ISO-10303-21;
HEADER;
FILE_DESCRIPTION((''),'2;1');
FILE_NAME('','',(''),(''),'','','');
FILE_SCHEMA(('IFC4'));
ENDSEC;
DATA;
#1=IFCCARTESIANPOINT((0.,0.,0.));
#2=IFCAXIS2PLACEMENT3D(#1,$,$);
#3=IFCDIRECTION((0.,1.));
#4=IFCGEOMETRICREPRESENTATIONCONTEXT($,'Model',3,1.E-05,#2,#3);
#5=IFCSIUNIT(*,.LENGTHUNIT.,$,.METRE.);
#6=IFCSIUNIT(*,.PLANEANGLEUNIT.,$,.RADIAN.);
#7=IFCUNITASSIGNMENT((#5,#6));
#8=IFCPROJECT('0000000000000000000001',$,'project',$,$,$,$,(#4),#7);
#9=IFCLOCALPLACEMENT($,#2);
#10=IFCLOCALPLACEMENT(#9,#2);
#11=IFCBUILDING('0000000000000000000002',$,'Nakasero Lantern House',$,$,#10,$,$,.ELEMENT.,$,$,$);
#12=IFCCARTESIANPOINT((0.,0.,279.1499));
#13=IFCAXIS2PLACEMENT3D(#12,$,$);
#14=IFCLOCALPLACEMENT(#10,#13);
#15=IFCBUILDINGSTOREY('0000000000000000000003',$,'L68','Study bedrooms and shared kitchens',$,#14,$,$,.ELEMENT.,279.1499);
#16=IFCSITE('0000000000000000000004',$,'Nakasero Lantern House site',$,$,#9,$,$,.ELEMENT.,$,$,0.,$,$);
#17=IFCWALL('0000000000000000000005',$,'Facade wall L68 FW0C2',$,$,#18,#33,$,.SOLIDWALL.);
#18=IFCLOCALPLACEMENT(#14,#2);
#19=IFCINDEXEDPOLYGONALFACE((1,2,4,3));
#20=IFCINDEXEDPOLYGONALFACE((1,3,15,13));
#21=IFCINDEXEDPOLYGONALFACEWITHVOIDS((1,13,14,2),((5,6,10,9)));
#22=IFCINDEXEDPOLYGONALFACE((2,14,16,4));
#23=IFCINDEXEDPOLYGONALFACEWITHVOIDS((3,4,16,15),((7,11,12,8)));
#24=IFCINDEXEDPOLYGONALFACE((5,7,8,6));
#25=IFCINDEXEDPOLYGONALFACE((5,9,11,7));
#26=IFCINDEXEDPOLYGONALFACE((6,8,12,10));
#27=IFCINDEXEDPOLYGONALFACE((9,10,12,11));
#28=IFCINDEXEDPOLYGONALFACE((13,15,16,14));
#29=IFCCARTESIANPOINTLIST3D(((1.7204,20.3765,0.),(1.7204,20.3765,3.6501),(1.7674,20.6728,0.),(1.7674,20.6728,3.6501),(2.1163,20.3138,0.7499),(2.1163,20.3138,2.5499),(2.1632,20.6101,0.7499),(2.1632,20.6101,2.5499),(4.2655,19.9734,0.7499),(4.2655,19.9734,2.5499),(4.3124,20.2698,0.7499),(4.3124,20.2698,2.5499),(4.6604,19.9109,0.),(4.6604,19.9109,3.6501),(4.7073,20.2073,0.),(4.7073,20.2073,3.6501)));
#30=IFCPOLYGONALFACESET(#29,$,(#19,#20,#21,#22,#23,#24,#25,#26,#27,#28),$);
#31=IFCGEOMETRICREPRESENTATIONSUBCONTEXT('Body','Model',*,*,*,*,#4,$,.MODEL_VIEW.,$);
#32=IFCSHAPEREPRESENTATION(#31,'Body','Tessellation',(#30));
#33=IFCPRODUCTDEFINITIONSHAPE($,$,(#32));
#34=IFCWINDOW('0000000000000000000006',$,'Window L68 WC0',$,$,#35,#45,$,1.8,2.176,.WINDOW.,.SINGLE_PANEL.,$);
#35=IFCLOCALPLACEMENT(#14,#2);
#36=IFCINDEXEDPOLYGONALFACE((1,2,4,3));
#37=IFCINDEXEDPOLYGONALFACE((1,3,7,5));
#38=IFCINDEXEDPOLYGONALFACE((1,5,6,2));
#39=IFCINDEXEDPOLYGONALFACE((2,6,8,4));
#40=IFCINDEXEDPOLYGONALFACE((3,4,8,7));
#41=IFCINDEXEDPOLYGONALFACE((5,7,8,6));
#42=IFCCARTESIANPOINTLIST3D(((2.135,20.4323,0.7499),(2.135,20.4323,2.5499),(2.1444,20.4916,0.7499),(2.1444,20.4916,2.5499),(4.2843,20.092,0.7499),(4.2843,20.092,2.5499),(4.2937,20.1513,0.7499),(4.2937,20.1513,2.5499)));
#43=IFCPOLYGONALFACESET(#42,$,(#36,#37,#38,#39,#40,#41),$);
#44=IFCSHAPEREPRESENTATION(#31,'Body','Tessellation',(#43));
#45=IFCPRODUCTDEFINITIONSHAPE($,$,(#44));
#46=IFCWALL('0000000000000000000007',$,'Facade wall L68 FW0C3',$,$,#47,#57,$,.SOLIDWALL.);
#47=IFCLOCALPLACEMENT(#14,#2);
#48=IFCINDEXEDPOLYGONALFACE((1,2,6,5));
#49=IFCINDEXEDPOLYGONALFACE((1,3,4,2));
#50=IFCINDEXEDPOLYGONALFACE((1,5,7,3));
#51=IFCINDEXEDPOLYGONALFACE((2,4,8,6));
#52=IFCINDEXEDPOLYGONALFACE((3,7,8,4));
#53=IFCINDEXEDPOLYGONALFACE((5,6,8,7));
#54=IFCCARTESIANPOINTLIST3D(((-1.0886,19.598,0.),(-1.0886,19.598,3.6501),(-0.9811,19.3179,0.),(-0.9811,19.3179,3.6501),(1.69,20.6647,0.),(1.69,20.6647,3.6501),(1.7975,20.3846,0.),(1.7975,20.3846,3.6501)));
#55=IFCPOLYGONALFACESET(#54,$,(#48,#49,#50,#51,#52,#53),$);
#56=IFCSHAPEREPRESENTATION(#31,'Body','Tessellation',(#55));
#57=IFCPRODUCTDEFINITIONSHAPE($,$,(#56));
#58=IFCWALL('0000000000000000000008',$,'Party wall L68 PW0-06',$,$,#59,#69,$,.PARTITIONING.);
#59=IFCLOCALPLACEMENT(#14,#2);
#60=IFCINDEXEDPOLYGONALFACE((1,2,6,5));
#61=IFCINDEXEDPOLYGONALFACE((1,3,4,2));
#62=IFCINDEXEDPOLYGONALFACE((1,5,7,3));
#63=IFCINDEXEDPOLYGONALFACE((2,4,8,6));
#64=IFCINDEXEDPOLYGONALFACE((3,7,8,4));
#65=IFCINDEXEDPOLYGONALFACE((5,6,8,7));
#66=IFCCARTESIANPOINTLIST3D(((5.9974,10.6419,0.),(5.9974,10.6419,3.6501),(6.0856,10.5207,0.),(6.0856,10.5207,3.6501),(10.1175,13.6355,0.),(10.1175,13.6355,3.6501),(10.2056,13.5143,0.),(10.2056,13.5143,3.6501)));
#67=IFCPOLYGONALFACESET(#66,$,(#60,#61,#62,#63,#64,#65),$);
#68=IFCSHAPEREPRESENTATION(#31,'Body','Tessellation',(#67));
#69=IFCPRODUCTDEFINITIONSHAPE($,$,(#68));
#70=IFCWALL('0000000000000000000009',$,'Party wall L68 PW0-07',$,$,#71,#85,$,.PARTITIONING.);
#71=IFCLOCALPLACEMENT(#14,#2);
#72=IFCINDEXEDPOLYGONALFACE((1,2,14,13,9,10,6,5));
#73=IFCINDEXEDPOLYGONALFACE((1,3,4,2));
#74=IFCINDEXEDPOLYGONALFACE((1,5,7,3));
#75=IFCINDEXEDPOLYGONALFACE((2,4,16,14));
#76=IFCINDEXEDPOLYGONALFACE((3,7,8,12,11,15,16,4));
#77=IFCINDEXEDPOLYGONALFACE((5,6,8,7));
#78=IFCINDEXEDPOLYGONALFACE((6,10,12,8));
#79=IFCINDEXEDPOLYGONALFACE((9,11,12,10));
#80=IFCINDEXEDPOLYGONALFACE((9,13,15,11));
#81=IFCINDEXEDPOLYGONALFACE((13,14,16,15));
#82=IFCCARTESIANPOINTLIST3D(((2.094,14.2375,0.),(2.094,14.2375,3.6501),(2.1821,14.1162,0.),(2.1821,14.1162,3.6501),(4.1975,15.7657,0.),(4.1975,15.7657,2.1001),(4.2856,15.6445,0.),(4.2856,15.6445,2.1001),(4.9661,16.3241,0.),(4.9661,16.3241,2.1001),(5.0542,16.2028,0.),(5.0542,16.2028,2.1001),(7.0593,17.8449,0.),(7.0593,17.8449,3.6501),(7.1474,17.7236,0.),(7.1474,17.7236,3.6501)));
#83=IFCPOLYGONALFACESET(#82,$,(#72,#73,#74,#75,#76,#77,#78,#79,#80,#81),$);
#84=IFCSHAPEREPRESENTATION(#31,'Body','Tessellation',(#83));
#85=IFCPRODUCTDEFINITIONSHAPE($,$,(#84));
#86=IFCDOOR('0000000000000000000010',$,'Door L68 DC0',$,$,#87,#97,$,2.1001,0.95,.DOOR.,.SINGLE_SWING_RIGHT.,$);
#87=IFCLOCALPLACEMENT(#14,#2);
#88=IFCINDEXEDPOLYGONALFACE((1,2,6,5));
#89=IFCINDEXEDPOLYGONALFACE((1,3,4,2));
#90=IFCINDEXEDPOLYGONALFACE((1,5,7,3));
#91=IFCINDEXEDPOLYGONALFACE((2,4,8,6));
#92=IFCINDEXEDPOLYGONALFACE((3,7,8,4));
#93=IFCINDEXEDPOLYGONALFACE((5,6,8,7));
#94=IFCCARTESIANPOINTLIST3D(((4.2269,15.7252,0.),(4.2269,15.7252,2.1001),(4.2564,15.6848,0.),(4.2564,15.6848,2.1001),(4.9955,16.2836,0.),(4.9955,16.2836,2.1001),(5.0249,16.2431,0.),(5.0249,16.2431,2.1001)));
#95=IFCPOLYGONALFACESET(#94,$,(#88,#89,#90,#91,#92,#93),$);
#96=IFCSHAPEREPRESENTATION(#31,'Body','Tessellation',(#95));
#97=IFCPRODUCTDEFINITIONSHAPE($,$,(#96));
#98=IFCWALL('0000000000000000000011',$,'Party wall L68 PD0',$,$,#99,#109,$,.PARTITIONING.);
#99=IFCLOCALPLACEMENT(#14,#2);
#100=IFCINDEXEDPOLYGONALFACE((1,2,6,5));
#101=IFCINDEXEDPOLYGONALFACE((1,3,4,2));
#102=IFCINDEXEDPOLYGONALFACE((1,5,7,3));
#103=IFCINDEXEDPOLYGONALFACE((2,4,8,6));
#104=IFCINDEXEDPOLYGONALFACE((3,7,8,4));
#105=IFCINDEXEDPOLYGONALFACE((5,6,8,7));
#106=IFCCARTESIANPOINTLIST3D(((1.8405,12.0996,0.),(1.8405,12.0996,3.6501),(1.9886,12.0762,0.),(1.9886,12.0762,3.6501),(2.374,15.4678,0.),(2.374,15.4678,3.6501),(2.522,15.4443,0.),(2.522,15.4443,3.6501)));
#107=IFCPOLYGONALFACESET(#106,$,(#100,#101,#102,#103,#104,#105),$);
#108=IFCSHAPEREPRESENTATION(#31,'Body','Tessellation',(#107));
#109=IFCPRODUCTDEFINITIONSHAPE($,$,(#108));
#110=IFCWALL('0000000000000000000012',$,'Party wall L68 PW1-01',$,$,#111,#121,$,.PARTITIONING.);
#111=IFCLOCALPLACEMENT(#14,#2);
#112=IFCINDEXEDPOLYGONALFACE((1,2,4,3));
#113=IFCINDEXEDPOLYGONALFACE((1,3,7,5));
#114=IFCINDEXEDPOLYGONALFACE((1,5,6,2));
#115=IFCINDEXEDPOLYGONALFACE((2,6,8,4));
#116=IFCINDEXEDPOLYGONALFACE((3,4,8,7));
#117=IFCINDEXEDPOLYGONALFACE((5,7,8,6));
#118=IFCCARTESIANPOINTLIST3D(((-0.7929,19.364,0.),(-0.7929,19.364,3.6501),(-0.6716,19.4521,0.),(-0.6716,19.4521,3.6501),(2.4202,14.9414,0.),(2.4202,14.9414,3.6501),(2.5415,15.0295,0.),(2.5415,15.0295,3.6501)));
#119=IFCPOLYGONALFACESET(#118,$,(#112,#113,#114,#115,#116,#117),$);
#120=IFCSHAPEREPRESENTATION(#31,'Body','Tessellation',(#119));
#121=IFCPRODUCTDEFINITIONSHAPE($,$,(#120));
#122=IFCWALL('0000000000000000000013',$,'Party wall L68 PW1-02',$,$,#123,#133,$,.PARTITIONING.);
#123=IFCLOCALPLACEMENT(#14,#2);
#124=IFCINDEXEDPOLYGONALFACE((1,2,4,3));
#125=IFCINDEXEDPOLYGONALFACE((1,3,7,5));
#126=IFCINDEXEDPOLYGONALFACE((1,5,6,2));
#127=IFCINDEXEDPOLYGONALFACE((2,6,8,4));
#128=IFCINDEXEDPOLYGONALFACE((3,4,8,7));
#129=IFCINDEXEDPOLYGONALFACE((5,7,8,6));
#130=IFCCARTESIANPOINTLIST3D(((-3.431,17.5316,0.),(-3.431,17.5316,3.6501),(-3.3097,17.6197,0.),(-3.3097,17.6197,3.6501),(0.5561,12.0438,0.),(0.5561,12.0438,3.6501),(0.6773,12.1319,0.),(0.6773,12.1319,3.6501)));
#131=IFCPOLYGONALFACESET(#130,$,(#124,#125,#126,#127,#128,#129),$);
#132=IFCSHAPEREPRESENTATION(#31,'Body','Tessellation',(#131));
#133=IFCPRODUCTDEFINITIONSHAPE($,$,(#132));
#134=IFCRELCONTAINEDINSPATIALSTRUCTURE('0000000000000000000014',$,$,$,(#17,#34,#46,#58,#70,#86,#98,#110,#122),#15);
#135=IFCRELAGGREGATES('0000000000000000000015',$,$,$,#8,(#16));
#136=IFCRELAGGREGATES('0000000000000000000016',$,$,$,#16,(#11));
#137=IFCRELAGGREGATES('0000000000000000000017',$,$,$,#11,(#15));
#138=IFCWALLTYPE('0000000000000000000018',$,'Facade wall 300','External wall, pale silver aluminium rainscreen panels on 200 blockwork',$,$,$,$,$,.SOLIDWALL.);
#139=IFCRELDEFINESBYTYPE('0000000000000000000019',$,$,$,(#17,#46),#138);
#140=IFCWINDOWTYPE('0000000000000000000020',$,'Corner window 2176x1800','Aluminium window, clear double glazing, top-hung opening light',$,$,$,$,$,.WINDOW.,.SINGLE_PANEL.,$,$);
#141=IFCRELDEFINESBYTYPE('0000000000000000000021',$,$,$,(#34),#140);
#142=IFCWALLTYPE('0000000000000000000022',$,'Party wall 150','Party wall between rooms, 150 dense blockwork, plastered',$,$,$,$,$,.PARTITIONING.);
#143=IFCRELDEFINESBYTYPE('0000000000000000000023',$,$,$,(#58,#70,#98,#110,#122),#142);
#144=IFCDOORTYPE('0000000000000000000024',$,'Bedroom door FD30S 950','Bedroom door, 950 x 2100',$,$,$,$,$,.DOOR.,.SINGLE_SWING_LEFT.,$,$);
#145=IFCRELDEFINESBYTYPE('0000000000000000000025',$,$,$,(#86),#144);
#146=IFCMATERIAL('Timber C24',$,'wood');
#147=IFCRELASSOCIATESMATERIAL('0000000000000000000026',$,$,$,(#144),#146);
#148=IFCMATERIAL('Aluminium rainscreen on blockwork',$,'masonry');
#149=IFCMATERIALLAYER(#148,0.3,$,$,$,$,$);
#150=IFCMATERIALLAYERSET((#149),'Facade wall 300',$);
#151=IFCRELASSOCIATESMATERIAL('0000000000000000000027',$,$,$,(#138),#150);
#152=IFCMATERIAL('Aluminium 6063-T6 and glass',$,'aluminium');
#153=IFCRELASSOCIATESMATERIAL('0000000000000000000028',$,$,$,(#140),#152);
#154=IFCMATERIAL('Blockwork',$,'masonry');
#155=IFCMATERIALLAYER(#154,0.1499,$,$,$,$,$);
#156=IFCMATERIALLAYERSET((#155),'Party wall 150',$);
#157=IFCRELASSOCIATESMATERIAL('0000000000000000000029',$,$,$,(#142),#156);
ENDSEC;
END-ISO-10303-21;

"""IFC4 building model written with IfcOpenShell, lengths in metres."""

from ifc_helpers import new_model, si_unit, direction, frame, frame_2d, origin, place, context, subcontext, project, spatial, rectangle, extrude, material, layer, layer_set, type_object, element, fill, save


model = new_model("IFC4")

# Units and contexts
model_context = context("Model", 3, precision=1e-05, world=origin(), true_north=direction((0.0, 1.0)))
body_context = subcontext(model_context, "Body", "Model", "MODEL_VIEW")
ifc_project = project(units=[si_unit("LENGTHUNIT", "METRE"), si_unit("PLANEANGLEUNIT", "RADIAN")], contexts=[model_context])

# Site, building, storey
site_placement = place(None, origin())
site = spatial("IfcSite", under=ifc_project, at=site_placement, Name="Nakasero Lantern House site", CompositionType="ELEMENT", RefElevation=0.0)
building_placement = place(site_placement, origin())
building = spatial("IfcBuilding", under=site, at=building_placement, Name="Nakasero Lantern House", CompositionType="ELEMENT")
storey_placement = place(building_placement, frame((0.0, 0.0, 279.1499)))
storey = spatial("IfcBuildingStorey", under=building, at=storey_placement, Name="L68", Description="Study bedrooms and shared kitchens", CompositionType="ELEMENT", Elevation=279.1499)

# Shared definitions
ifc_material_1 = material(Name="Timber C24", Category="wood")
door_type_1 = type_object("IfcDoorType", Name="Bedroom door FD30S 950", Description="Bedroom door, 950 x 2100", OperationType="SINGLE_SWING_LEFT", PredefinedType="DOOR", material=ifc_material_1)

# Wall, opening, window
ifc_material_2 = material(Name="Aluminium rainscreen on blockwork", Category="masonry")
ifc_layer_1 = layer(ifc_material_2, 0.3)
ifc_layer_set_1 = layer_set([ifc_layer_1], Name="Facade wall 300")
wall_type_1 = type_object("IfcWallType", Name="Facade wall 300", Description="External wall, pale silver aluminium rainscreen panels on 200 blockwork", PredefinedType="SOLIDWALL", material=ifc_layer_set_1)
wall_1_placement = place(storey_placement, frame((4.6838, 20.0591, 0.0), z_axis=(0.0, 0.0, 1.0), x_axis=(-0.987692, 0.156413, 0.0)))
wall_1 = element("IfcWall", 1, at=wall_1_placement, inside=storey, type_object=wall_type_1, Name="Facade wall L68 FW0C2", PredefinedType="SOLIDWALL", context=body_context, shape_type="SweptSolid", body=[
    extrude(rectangle(XDim=2.9766, YDim=0.3, at=frame_2d((1.4883, 0.0))), origin(), (0.0, 0.0, 1.0), 3.6501),
])
opening_1_placement = place(wall_1_placement, frame((0.3999, 0.0, 0.75)))
opening_1 = element("IfcOpeningElement", 2, at=opening_1_placement, cuts=wall_1, PredefinedType="OPENING", context=body_context, shape_type="SweptSolid", body=[
    extrude(rectangle(XDim=2.176, YDim=1.8, at=frame_2d((1.0879, 0.8999))), frame((0.0, 0.1699, 0.0), z_axis=(0.0, -1.0, 0.0), x_axis=(1.0, 0.0, 0.0)), (0.0, 0.0, 1.0), 0.3401),
])
ifc_material_3 = material(Name="Aluminium 6063-T6 and glass", Category="aluminium")
window_type = type_object("IfcWindowType", Name="Corner window 2176x1800", Description="Aluminium window, clear double glazing, top-hung opening light", PartitioningType="SINGLE_PANEL", PredefinedType="WINDOW", material=ifc_material_3)
window_placement = place(opening_1_placement, origin())
window = element("IfcWindow", 3, at=window_placement, inside=storey, type_object=window_type, Name="Window L68 WC0", OverallHeight=1.8, OverallWidth=2.176, PartitioningType="SINGLE_PANEL", PredefinedType="WINDOW", context=body_context, shape_type="SweptSolid", body=[
    extrude(rectangle(XDim=2.176, YDim=1.8, at=frame_2d((1.0879, 0.8999))), frame((0.0, 0.03, 0.0), z_axis=(0.0, -1.0, 0.0), x_axis=(1.0, 0.0, 0.0)), (0.0, 0.0, 1.0), 0.0601),
])
fill(opening_1, window)

# Walls
wall_2_placement = place(storey_placement, frame((1.7439, 20.5247, 0.0), z_axis=(0.0, 0.0, 1.0), x_axis=(-0.933574, -0.358385, 0.0)))
element("IfcWall", 4, at=wall_2_placement, inside=storey, type_object=wall_type_1, Name="Facade wall L68 FW0C3", PredefinedType="SOLIDWALL", context=body_context, shape_type="SweptSolid", body=[
    extrude(rectangle(XDim=2.9763, YDim=0.3, at=frame_2d((1.4883, 0.0))), origin(), (0.0, 0.0, 1.0), 3.6501),
])
ifc_material_4 = material(Name="Blockwork", Category="masonry")
ifc_layer_2 = layer(ifc_material_4, 0.1499)
ifc_layer_set_2 = layer_set([ifc_layer_2], Name="Party wall 150")
wall_type_2 = type_object("IfcWallType", Name="Party wall 150", Description="Party wall between rooms, 150 dense blockwork, plastered", PredefinedType="PARTITIONING", material=ifc_layer_set_2)
wall_3_placement = place(storey_placement, frame((6.0415, 10.5813, 0.0), z_axis=(0.0, 0.0, 1.0), x_axis=(0.808997, 0.587812, 0.0)))
element("IfcWall", 5, at=wall_3_placement, inside=storey, type_object=wall_type_2, Name="Party wall L68 PW0-06", PredefinedType="PARTITIONING", context=body_context, shape_type="SweptSolid", body=[
    extrude(rectangle(XDim=5.0928, YDim=0.1499, at=frame_2d((2.5464, 0.0))), origin(), (0.0, 0.0, 1.0), 3.6501),
])

# Wall, opening, door
wall_4_placement = place(storey_placement, frame((2.1379, 14.1768, 0.0), z_axis=(0.0, 0.0, 1.0), x_axis=(0.809025, 0.587774, 0.0)))
wall_4 = element("IfcWall", 6, at=wall_4_placement, inside=storey, type_object=wall_type_2, Name="Party wall L68 PW0-07", PredefinedType="PARTITIONING", context=body_context, shape_type="SweptSolid", body=[
    extrude(rectangle(XDim=6.1375, YDim=0.1499, at=frame_2d((3.0688, 0.0))), origin(), (0.0, 0.0, 1.0), 3.6501),
])
opening_2_placement = place(wall_4_placement, frame((2.6001, 0.0, 0.0)))
opening_2 = element("IfcOpeningElement", 7, at=opening_2_placement, cuts=wall_4, PredefinedType="OPENING", context=body_context, shape_type="SweptSolid", body=[
    extrude(rectangle(XDim=0.95, YDim=2.1001, at=frame_2d((0.4751, 1.05))), frame((0.0, 0.095, 0.0), z_axis=(0.0, -1.0, 0.0), x_axis=(1.0, 0.0, 0.0)), (0.0, 0.0, 1.0), 0.1899),
])
door_1_placement = place(opening_2_placement, origin())
door_1 = element("IfcDoor", 8, at=door_1_placement, inside=storey, type_object=door_type_1, Name="Door L68 DC0", OperationType="SINGLE_SWING_RIGHT", OverallHeight=2.1001, OverallWidth=0.95, PredefinedType="DOOR", context=body_context, shape_type="SweptSolid", body=[
    extrude(rectangle(XDim=0.95, YDim=2.1001, at=frame_2d((0.4751, 1.05))), frame((0.0, 0.0249, 0.0), z_axis=(0.0, -1.0, 0.0), x_axis=(1.0, 0.0, 0.0)), (0.0, 0.0, 1.0), 0.05),
])
fill(opening_2, door_1)

# Walls
wall_5_placement = place(storey_placement, frame((1.9146, 12.0879, 0.0), z_axis=(0.0, 0.0, 1.0), x_axis=(0.156429, 0.987689, 0.0)))
element("IfcWall", 9, at=wall_5_placement, inside=storey, type_object=wall_type_2, Name="Party wall L68 PD0", PredefinedType="PARTITIONING", context=body_context, shape_type="SweptSolid", body=[
    extrude(rectangle(XDim=3.4102, YDim=0.1499, at=frame_2d((1.7051, 0.0))), origin(), (0.0, 0.0, 1.0), 3.6501),
])
wall_6_placement = place(storey_placement, frame((2.481, 14.9854, 0.0), z_axis=(0.0, 0.0, 1.0), x_axis=(-0.587776, 0.809024, 0.0)))
element("IfcWall", 10, at=wall_6_placement, inside=storey, type_object=wall_type_2, Name="Party wall L68 PW1-01", PredefinedType="PARTITIONING", context=body_context, shape_type="SweptSolid", body=[
    extrude(rectangle(XDim=5.4666, YDim=0.1499, at=frame_2d((2.7334, 0.0))), origin(), (0.0, 0.0, 1.0), 3.6501),
])
wall_7_placement = place(storey_placement, frame((0.6167, 12.0879, 0.0), z_axis=(0.0, 0.0, 1.0), x_axis=(-0.58778, 0.809021, 0.0)))
element("IfcWall", 11, at=wall_7_placement, inside=storey, type_object=wall_type_2, Name="Party wall L68 PW1-02", PredefinedType="PARTITIONING", context=body_context, shape_type="SweptSolid", body=[
    extrude(rectangle(XDim=6.7832, YDim=0.1499, at=frame_2d((3.3916, 0.0))), origin(), (0.0, 0.0, 1.0), 3.6501),
])

save(model, "model.ifc")
